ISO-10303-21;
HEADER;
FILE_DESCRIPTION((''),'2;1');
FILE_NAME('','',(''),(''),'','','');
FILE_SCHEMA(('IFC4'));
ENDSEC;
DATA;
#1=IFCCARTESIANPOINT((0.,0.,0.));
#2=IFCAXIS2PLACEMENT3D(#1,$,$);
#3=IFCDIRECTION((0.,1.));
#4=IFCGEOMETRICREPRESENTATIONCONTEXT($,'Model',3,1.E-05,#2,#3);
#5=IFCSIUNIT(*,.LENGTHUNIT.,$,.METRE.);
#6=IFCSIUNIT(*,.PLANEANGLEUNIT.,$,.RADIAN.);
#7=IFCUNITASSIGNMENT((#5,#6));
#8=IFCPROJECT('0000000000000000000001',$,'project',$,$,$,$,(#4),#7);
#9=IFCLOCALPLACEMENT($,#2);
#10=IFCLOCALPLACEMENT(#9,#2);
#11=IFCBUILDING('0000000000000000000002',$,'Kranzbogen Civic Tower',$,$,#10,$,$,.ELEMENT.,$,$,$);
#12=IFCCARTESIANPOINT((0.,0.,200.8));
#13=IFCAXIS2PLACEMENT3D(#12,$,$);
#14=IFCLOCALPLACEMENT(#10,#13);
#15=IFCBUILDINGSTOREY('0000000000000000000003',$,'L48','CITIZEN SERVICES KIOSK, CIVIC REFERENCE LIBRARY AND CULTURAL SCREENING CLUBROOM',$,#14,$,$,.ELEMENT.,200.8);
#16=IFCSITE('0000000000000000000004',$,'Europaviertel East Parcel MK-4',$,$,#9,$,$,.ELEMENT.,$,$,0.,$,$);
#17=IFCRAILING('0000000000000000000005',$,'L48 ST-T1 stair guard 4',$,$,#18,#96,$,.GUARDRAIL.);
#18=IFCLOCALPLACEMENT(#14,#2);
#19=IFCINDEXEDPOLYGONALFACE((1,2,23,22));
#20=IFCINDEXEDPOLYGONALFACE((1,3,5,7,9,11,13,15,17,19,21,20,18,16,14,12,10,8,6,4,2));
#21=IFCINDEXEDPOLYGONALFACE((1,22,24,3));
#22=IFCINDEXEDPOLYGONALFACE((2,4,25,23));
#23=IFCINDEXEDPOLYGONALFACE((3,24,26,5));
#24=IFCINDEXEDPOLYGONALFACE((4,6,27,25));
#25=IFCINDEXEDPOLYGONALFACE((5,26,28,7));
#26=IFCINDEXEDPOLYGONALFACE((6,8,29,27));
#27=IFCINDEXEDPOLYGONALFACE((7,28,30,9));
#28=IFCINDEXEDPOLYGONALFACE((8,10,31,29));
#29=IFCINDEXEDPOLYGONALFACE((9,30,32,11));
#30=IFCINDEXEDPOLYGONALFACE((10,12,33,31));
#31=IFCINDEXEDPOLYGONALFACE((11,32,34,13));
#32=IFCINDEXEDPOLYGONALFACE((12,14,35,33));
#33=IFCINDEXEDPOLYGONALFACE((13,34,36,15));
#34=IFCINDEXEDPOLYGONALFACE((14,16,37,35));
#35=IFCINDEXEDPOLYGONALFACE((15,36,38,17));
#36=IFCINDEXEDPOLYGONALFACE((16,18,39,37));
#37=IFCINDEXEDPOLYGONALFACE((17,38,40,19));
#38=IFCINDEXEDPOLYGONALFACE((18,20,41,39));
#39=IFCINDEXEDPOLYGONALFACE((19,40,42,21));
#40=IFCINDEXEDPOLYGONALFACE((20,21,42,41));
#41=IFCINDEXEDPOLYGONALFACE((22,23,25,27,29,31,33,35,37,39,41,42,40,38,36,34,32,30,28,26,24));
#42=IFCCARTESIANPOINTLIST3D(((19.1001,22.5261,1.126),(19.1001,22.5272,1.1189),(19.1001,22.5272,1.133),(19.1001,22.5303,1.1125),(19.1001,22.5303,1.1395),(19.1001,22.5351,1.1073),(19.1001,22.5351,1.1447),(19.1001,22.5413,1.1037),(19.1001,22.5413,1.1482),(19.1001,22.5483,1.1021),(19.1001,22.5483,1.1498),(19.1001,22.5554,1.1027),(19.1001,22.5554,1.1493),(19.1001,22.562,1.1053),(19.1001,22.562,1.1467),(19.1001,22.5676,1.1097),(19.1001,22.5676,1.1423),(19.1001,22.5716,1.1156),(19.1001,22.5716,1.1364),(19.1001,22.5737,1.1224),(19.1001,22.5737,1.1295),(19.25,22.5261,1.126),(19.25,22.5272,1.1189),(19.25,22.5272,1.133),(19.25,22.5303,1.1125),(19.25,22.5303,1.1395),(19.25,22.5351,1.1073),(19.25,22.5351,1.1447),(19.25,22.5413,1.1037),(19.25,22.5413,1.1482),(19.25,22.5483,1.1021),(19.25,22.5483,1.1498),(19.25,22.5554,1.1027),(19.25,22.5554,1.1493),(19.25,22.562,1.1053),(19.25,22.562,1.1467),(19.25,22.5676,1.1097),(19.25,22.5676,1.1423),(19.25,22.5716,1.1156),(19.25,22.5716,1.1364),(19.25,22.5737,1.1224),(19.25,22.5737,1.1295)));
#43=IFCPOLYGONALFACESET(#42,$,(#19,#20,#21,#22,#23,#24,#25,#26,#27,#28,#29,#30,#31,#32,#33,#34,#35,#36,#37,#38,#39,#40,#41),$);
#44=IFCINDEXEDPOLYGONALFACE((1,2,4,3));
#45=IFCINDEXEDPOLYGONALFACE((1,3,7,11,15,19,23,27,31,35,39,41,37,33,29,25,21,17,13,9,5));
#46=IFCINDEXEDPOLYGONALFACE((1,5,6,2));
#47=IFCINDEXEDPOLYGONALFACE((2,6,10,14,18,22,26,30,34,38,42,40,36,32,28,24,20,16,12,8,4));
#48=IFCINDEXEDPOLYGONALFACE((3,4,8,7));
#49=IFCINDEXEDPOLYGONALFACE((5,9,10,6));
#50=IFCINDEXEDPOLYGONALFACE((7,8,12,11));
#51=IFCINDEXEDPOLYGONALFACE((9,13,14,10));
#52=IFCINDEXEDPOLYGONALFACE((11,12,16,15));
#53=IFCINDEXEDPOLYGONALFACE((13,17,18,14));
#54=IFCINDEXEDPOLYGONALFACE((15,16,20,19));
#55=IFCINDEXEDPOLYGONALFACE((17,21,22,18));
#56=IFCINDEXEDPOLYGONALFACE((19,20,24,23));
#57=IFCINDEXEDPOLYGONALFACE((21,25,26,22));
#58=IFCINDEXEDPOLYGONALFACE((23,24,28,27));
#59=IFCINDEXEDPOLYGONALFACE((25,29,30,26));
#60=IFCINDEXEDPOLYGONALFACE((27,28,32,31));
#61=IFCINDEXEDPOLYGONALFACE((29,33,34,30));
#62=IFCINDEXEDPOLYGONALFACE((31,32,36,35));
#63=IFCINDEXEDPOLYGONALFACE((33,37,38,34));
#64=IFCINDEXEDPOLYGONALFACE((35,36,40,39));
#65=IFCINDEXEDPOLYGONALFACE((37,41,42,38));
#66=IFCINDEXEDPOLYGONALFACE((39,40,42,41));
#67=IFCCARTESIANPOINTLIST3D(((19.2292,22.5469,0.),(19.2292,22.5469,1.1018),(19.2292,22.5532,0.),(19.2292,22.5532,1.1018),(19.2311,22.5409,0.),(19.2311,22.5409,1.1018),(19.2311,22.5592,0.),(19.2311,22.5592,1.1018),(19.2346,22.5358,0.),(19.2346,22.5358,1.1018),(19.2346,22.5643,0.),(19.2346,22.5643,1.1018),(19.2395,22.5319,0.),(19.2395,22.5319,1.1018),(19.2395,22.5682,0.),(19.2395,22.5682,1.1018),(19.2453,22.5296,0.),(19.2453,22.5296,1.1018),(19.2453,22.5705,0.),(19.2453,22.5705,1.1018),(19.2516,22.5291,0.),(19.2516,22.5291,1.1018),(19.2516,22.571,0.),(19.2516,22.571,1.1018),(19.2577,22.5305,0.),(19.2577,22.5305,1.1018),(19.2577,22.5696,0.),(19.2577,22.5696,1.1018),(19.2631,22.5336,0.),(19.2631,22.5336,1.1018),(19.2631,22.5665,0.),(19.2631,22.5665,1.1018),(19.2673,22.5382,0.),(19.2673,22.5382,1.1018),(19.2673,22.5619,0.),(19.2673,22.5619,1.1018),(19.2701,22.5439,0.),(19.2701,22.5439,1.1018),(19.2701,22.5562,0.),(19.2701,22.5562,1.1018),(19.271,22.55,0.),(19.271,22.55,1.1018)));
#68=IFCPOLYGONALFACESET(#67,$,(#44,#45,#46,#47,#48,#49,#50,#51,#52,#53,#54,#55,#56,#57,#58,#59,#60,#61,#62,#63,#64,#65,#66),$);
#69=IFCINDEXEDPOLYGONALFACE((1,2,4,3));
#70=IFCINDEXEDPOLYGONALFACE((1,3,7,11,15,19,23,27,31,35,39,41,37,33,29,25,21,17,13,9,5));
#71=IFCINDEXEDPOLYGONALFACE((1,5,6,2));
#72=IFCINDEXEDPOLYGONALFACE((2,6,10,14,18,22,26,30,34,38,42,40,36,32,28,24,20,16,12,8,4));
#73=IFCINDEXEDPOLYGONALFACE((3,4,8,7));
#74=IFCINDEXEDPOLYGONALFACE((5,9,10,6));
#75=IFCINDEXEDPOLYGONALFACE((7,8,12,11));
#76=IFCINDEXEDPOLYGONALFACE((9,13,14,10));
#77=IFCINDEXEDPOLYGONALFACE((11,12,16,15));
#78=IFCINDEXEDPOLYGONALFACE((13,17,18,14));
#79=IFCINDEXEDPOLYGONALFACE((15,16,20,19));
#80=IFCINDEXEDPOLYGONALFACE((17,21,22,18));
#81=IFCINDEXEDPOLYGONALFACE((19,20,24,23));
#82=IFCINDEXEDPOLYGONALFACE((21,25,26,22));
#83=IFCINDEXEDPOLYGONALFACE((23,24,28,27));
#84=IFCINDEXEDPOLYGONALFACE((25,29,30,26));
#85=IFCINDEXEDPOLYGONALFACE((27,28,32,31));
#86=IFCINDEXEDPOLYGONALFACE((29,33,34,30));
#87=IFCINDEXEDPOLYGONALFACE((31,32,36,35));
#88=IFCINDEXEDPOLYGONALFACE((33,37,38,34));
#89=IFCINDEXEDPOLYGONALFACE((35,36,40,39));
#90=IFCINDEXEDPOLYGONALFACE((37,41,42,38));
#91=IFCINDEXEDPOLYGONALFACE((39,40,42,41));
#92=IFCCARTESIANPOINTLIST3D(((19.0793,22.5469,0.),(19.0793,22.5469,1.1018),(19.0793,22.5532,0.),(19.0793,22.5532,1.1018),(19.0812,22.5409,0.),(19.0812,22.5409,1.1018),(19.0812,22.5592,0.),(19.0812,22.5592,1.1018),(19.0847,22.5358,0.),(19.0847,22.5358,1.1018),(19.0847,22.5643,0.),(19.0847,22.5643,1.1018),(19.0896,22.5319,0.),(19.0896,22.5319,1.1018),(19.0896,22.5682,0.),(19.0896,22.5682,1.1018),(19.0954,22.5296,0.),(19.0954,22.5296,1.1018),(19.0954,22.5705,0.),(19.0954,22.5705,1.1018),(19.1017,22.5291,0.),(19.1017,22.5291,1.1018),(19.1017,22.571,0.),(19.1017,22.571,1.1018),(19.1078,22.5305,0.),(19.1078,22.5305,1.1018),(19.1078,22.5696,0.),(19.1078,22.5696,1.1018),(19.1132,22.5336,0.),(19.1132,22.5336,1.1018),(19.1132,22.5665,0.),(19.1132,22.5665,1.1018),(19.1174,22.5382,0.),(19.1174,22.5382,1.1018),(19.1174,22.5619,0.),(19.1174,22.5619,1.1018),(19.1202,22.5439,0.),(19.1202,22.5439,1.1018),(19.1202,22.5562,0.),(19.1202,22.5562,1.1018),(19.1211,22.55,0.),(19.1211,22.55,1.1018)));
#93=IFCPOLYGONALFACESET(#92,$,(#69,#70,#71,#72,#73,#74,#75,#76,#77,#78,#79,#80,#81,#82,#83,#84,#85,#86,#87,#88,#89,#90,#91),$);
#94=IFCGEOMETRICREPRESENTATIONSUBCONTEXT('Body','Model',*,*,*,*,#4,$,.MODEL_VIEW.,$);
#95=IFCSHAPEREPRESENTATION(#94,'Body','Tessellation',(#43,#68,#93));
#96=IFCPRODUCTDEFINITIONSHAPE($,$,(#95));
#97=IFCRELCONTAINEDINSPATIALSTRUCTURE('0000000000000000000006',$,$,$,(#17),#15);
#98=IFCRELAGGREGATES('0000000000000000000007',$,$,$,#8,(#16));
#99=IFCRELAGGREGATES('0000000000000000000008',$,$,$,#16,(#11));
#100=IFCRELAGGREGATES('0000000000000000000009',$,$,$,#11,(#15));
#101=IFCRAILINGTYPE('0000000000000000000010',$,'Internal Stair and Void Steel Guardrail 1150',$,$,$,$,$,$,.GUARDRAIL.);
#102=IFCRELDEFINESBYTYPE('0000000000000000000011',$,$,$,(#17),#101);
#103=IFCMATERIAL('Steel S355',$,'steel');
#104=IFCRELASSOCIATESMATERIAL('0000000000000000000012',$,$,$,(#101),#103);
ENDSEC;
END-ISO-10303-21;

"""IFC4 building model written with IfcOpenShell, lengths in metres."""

from ifc_helpers import new_model, si_unit, direction, frame, origin, origin_2d, place, context, subcontext, project, spatial, circle, extrude, material, type_object, element, save


model = new_model("IFC4")

# Units and contexts
model_context = context("Model", 3, precision=1e-05, world=origin(), true_north=direction((0.0, 1.0)))
body_context = subcontext(model_context, "Body", "Model", "MODEL_VIEW")
ifc_project = project(units=[si_unit("LENGTHUNIT", "METRE"), si_unit("PLANEANGLEUNIT", "RADIAN")], contexts=[model_context])

# Site, building, storey
site_placement = place(None, origin())
site = spatial("IfcSite", under=ifc_project, at=site_placement, Name="Europaviertel East Parcel MK-4", CompositionType="ELEMENT", RefElevation=0.0)
building_placement = place(site_placement, origin())
building = spatial("IfcBuilding", under=site, at=building_placement, Name="Kranzbogen Civic Tower", CompositionType="ELEMENT")
storey_placement = place(building_placement, frame((0.0, 0.0, 200.8)))
storey = spatial("IfcBuildingStorey", under=building, at=storey_placement, Name="L48", Description="CITIZEN SERVICES KIOSK, CIVIC REFERENCE LIBRARY AND CULTURAL SCREENING CLUBROOM", CompositionType="ELEMENT", Elevation=200.8)

# Shared definitions
ifc_material_1 = material(Name="Steel S355", Category="steel")

# Railing
railing_type_1 = type_object("IfcRailingType", Name="Internal Stair and Void Steel Guardrail 1150", PredefinedType="GUARDRAIL", material=ifc_material_1)
railing_1_placement = place(storey_placement, frame((19.25, 22.55, 0.0)))
element("IfcRailing", 1, at=railing_1_placement, inside=storey, type_object=railing_type_1, Name="L48 ST-T1 stair guard 4", PredefinedType="GUARDRAIL", context=body_context, shape_type="SweptSolid", body=[
    extrude(circle(Radius=0.0239, at=origin_2d()), frame((0.0, 0.0, 1.126), z_axis=(-1.0, 0.0, 0.0), x_axis=(0.0, -1.0, 0.0)), (0.0, 0.0, 1.0), 0.1499),
    extrude(circle(Radius=0.021, at=origin_2d()), origin(), (0.0, 0.0, 1.0), 1.1018),
    extrude(circle(Radius=0.021, at=origin_2d()), frame((-0.1499, 0.0, 0.0)), (0.0, 0.0, 1.0), 1.1018),
])

save(model, "model.ifc")
